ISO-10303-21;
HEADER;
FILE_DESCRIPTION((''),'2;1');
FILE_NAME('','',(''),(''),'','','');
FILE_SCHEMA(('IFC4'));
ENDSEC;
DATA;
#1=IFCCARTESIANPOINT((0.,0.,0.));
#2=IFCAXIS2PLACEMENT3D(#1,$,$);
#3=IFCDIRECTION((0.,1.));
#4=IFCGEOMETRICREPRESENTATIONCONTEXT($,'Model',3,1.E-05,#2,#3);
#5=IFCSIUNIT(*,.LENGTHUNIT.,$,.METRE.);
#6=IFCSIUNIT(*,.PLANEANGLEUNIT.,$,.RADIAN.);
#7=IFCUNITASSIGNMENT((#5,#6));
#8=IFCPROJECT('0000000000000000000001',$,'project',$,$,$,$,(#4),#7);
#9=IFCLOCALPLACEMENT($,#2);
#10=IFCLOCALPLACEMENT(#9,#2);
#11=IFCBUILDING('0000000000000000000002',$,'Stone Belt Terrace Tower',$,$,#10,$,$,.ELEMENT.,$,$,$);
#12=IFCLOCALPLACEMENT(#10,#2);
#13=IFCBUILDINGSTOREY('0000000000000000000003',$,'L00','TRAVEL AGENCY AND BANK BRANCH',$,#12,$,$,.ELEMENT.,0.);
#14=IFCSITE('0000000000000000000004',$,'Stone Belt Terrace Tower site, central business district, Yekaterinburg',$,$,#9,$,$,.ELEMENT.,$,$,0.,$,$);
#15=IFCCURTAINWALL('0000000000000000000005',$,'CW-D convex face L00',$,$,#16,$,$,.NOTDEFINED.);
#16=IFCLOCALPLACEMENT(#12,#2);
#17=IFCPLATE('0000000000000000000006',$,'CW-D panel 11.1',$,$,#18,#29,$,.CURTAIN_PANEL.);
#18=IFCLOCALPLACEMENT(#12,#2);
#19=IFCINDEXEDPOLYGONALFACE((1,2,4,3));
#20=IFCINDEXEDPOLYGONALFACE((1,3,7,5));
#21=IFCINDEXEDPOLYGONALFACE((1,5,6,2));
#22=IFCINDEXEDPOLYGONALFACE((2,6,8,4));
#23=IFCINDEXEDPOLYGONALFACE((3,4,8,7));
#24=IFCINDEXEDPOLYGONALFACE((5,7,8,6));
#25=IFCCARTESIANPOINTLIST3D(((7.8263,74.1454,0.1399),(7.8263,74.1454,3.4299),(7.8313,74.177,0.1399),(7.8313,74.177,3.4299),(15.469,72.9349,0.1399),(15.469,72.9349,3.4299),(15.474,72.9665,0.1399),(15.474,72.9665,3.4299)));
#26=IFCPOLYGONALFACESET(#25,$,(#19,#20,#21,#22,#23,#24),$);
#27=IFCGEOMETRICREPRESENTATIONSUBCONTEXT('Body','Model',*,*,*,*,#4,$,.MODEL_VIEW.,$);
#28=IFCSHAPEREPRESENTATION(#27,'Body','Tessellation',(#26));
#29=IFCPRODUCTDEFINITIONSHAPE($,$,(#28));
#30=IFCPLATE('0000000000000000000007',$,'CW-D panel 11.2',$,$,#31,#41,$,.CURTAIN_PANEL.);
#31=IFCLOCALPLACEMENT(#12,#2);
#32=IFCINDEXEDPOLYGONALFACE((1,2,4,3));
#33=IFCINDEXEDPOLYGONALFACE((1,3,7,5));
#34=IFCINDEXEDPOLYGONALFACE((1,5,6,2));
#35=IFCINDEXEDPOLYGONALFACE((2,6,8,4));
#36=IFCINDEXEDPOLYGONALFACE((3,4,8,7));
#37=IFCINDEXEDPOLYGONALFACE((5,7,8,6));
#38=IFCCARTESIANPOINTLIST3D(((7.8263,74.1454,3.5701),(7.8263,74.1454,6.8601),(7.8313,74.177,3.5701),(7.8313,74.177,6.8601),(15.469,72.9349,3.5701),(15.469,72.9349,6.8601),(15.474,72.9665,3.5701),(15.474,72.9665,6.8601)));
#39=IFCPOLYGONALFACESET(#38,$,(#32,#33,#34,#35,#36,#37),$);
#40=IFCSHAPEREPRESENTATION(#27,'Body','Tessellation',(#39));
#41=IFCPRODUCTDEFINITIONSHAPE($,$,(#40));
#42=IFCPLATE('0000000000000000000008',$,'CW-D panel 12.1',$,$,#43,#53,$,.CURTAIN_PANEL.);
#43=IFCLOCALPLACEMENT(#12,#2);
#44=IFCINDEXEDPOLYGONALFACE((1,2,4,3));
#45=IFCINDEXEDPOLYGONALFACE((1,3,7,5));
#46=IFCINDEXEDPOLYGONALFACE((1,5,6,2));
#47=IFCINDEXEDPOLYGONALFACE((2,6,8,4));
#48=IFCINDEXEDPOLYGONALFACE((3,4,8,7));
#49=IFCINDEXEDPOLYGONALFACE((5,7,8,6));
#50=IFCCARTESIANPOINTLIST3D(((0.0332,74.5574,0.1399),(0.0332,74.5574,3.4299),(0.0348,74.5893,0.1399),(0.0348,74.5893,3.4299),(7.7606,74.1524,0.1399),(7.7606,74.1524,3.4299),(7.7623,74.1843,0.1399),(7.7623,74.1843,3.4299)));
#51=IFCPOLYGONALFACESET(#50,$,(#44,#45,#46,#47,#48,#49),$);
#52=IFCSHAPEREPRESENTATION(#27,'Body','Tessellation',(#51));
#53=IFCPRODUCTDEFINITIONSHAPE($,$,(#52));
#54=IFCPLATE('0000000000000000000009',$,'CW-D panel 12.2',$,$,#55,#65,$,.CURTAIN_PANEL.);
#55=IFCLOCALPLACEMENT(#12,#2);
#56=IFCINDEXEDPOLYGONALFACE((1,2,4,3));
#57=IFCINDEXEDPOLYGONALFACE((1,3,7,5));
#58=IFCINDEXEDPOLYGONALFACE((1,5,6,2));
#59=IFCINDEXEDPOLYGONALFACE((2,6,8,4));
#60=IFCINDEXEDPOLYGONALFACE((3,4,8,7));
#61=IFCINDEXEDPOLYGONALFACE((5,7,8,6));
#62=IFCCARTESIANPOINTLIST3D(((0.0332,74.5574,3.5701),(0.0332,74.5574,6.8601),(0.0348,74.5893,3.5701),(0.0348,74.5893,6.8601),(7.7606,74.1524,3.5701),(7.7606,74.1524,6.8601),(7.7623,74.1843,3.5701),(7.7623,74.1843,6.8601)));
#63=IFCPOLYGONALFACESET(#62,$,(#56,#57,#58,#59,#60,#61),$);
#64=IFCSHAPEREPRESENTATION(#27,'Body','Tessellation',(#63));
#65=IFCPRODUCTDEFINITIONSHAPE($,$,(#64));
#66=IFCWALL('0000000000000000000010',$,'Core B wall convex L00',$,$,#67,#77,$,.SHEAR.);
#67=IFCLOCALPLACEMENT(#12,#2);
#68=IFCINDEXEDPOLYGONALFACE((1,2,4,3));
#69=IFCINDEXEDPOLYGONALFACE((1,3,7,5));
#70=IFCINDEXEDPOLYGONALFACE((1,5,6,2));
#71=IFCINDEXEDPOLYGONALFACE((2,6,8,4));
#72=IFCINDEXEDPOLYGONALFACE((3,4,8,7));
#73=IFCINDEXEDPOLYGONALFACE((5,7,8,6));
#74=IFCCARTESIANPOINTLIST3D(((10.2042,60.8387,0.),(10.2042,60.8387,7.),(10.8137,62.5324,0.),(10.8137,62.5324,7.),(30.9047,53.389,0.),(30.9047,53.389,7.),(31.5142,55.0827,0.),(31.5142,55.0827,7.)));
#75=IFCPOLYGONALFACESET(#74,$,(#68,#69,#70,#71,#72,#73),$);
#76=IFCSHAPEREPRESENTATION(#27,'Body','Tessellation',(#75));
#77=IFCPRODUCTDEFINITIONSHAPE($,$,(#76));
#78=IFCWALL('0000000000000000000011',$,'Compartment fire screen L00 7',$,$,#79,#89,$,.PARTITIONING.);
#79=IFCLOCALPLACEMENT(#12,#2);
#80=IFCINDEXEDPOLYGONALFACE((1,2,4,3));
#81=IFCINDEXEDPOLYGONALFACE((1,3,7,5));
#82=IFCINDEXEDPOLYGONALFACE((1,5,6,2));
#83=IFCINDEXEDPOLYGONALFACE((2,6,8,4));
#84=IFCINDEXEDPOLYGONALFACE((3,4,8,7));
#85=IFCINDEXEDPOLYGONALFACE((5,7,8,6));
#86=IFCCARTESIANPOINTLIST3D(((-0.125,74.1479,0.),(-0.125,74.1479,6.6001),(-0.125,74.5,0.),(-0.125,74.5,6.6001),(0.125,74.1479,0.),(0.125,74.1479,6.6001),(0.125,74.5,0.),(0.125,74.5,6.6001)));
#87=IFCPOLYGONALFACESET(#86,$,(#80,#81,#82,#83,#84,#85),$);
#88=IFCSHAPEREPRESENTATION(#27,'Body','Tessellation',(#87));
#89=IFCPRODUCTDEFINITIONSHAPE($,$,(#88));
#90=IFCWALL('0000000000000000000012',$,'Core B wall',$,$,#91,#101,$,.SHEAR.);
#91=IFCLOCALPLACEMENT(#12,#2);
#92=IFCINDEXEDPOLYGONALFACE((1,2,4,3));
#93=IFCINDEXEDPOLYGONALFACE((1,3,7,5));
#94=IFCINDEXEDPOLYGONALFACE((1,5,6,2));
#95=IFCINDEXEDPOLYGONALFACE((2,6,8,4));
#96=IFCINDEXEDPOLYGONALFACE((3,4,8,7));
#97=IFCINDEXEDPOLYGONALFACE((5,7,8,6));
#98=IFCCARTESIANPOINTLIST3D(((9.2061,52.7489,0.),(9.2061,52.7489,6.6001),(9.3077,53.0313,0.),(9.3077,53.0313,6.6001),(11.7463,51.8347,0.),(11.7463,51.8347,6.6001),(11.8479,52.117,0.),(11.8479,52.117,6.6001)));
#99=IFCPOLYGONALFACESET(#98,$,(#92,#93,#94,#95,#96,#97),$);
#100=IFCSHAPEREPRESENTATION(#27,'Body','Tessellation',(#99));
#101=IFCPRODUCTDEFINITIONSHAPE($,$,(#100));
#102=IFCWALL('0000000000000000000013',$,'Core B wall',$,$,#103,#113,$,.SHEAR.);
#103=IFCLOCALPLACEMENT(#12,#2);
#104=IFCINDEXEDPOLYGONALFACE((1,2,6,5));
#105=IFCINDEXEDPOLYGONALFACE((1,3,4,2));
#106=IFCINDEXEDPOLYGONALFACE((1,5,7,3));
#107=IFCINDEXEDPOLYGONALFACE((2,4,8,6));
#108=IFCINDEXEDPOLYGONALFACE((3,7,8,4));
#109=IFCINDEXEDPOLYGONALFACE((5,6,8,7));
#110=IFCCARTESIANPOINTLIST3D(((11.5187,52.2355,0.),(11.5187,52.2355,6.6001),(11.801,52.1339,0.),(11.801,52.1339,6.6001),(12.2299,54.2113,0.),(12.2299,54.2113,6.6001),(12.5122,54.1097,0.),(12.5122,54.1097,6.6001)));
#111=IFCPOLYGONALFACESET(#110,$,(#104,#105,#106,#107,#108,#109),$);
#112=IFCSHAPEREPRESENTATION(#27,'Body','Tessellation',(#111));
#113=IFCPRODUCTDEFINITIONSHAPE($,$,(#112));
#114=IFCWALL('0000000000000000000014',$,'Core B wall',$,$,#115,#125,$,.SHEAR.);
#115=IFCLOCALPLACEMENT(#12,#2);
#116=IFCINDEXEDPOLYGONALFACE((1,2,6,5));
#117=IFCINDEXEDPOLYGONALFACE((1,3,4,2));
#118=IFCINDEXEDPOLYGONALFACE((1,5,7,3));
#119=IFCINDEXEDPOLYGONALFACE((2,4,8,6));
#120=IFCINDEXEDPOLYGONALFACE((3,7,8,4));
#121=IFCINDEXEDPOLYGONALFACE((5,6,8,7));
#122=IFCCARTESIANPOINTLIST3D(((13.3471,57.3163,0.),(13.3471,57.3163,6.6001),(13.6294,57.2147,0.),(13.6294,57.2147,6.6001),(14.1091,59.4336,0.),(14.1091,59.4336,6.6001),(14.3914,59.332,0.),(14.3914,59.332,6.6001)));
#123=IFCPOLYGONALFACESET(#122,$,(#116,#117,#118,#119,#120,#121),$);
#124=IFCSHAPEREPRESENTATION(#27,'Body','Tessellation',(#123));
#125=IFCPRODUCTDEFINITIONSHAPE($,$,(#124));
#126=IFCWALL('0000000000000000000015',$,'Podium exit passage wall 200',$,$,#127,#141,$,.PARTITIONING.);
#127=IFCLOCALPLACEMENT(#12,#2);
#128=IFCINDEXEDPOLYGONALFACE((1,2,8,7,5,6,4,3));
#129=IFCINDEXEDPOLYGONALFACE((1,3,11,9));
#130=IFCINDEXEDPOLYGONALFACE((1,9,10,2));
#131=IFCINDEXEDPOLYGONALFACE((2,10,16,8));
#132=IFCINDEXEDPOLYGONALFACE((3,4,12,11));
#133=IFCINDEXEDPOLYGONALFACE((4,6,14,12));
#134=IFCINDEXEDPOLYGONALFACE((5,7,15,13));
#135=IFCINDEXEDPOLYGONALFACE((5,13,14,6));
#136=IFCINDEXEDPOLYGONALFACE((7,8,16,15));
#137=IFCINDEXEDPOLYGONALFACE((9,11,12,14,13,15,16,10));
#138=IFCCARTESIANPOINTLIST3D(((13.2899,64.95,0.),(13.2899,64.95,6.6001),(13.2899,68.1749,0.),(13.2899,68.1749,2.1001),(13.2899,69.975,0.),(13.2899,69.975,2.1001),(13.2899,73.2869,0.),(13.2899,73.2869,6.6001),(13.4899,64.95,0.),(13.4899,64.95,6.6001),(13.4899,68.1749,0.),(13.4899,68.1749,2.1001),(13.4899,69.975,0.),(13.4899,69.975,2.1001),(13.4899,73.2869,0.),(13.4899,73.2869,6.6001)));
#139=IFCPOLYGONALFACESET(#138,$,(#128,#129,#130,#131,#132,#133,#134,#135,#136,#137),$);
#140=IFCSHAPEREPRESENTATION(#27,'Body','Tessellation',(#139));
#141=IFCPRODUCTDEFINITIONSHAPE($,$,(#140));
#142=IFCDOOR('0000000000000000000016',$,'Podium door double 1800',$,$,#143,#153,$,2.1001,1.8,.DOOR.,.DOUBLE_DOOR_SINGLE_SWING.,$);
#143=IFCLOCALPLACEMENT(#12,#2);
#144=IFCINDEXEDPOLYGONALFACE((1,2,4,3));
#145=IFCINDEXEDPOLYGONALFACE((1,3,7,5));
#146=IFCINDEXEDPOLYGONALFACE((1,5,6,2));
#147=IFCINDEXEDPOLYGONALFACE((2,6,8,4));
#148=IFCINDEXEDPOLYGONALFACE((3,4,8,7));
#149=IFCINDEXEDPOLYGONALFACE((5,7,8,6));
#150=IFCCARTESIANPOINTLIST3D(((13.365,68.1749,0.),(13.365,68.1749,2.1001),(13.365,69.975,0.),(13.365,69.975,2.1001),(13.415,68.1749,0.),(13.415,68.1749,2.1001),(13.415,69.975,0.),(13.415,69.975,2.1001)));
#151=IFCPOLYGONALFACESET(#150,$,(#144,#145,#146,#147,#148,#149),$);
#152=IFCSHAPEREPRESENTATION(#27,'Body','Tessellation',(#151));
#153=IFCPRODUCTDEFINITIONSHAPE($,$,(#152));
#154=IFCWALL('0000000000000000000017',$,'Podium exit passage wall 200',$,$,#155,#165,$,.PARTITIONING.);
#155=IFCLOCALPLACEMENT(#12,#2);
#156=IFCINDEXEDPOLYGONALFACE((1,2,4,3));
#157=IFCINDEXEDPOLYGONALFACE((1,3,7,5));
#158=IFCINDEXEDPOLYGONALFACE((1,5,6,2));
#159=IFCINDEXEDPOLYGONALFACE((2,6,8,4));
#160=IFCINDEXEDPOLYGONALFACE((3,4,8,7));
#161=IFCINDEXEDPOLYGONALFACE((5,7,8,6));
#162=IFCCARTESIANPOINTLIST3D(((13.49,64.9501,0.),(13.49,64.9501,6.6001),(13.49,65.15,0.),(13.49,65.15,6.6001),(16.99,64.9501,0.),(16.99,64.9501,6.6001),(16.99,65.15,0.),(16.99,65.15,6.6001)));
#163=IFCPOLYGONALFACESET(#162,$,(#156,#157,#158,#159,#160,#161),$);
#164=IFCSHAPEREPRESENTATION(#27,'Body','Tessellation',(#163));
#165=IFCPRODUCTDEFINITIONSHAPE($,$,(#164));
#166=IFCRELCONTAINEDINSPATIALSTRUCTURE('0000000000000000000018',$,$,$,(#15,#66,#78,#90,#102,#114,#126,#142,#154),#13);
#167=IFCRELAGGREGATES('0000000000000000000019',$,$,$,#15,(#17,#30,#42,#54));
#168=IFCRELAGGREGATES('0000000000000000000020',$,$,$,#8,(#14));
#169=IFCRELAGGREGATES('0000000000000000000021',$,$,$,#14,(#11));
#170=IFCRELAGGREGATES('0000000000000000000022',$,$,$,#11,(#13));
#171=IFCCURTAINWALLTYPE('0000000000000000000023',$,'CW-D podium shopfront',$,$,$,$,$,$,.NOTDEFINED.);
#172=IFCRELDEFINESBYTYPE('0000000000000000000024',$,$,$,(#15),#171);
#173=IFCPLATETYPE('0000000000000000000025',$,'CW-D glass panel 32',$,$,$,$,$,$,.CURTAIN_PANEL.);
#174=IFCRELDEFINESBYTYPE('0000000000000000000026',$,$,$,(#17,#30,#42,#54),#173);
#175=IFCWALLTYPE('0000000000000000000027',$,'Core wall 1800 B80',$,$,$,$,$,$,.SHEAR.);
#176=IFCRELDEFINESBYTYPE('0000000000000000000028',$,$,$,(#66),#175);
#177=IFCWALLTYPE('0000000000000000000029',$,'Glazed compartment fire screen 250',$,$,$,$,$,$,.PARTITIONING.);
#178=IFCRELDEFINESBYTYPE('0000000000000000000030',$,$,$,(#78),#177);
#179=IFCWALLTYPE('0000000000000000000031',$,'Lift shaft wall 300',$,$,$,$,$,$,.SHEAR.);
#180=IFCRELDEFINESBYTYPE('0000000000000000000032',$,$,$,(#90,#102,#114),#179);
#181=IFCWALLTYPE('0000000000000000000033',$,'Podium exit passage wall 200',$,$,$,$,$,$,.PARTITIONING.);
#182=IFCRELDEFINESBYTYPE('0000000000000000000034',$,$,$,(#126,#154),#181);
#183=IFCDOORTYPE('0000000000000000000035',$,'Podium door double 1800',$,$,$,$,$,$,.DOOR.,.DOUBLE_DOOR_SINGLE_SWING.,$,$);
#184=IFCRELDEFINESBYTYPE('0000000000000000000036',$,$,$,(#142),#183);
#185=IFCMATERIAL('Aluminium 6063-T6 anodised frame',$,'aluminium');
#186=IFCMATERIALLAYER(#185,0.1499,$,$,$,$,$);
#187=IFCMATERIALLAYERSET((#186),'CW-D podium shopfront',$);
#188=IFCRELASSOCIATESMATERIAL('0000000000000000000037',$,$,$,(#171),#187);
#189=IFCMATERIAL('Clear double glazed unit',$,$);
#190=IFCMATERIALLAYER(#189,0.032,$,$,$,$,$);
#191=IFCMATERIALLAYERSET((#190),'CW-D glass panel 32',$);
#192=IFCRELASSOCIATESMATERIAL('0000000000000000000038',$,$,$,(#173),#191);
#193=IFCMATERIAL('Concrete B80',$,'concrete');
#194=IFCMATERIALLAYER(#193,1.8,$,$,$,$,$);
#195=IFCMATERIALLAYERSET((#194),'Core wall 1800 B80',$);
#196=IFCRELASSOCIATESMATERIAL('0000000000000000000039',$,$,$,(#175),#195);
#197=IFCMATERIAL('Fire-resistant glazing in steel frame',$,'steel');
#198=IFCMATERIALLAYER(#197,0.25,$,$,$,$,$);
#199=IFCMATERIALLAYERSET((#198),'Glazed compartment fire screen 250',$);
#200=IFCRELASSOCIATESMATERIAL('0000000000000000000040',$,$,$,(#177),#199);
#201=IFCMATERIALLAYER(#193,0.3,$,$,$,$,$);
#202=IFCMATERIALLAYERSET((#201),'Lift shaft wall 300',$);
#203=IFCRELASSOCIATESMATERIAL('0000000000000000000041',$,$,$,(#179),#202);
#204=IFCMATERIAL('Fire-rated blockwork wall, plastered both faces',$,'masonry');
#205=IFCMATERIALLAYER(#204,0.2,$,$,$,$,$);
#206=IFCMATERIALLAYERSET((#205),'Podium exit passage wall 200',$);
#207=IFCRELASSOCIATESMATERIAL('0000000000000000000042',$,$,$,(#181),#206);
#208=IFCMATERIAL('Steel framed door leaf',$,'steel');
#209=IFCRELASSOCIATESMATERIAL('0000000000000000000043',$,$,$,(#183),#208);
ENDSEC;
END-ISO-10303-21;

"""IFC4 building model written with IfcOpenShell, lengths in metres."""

from ifc_helpers import new_model, si_unit, direction, frame, frame_2d, origin, origin_2d, place, context, subcontext, project, spatial, rectangle, extrude, material, layer, layer_set, type_object, element, fill, aggregate, save


model = new_model("IFC4")

# Units and contexts
model_context = context("Model", 3, precision=1e-05, world=origin(), true_north=direction((0.0, 1.0)))
body_context = subcontext(model_context, "Body", "Model", "MODEL_VIEW")
ifc_project = project(units=[si_unit("LENGTHUNIT", "METRE"), si_unit("PLANEANGLEUNIT", "RADIAN")], contexts=[model_context])

# Site, building, storey
site_placement = place(None, origin())
site = spatial("IfcSite", under=ifc_project, at=site_placement, Name="Stone Belt Terrace Tower site, central business district, Yekaterinburg", CompositionType="ELEMENT", RefElevation=0.0)
building_placement = place(site_placement, origin())
building = spatial("IfcBuilding", under=site, at=building_placement, Name="Stone Belt Terrace Tower", CompositionType="ELEMENT")
storey_placement = place(building_placement, origin())
storey = spatial("IfcBuildingStorey", under=building, at=storey_placement, Name="L00", Description="TRAVEL AGENCY AND BANK BRANCH", CompositionType="ELEMENT", Elevation=0.0)

# Shared definitions
ifc_material_1 = material(Name="Concrete B80", Category="concrete")

# Curtain wall, plates
ifc_material_2 = material(Name="Aluminium 6063-T6 anodised frame", Category="aluminium")
ifc_layer_1 = layer(ifc_material_2, 0.1499)
ifc_layer_set_1 = layer_set([ifc_layer_1], Name="CW-D podium shopfront")
curtain_wall_type = type_object("IfcCurtainWallType", Name="CW-D podium shopfront", PredefinedType="NOTDEFINED", material=ifc_layer_set_1)
curtain_wall_placement = place(storey_placement, origin())
curtain_wall = element("IfcCurtainWall", 1, at=curtain_wall_placement, inside=storey, type_object=curtain_wall_type, Name="CW-D convex face L00", PredefinedType="NOTDEFINED")
ifc_material_3 = material(Name="Clear double glazed unit")
ifc_layer_2 = layer(ifc_material_3, 0.032)
ifc_layer_set_2 = layer_set([ifc_layer_2], Name="CW-D glass panel 32")
plate_type = type_object("IfcPlateType", Name="CW-D glass panel 32", PredefinedType="CURTAIN_PANEL", material=ifc_layer_set_2)
plate_1_placement = place(storey_placement, frame((11.6501, 73.5559, 0.1399), z_axis=(0.0, 0.0, 1.0), x_axis=(-0.987688, 0.156434, 0.0)))
plate_1 = element("IfcPlate", 2, at=plate_1_placement, type_object=plate_type, Name="CW-D panel 11.1", PredefinedType="CURTAIN_PANEL", context=body_context, shape_type="SweptSolid", body=[
    extrude(rectangle(XDim=7.738, YDim=0.032, at=origin_2d()), origin(), (0.0, 0.0, 1.0), 3.29),
])
plate_2_placement = place(storey_placement, frame((11.6501, 73.5559, 3.5701), z_axis=(0.0, 0.0, 1.0), x_axis=(-0.987688, 0.156434, 0.0)))
plate_2 = element("IfcPlate", 3, at=plate_2_placement, type_object=plate_type, Name="CW-D panel 11.2", PredefinedType="CURTAIN_PANEL", context=body_context, shape_type="SweptSolid", body=[
    extrude(rectangle(XDim=7.738, YDim=0.032, at=origin_2d()), origin(), (0.0, 0.0, 1.0), 3.29),
])
plate_3_placement = place(storey_placement, frame((3.8977, 74.3708, 0.1399), z_axis=(0.0, 0.0, 1.0), x_axis=(-0.99863, 0.052336, 0.0)))
plate_3 = element("IfcPlate", 4, at=plate_3_placement, type_object=plate_type, Name="CW-D panel 12.1", PredefinedType="CURTAIN_PANEL", context=body_context, shape_type="SweptSolid", body=[
    extrude(rectangle(XDim=7.738, YDim=0.032, at=origin_2d()), origin(), (0.0, 0.0, 1.0), 3.29),
])
plate_4_placement = place(storey_placement, frame((3.8977, 74.3708, 3.5701), z_axis=(0.0, 0.0, 1.0), x_axis=(-0.99863, 0.052336, 0.0)))
plate_4 = element("IfcPlate", 5, at=plate_4_placement, type_object=plate_type, Name="CW-D panel 12.2", PredefinedType="CURTAIN_PANEL", context=body_context, shape_type="SweptSolid", body=[
    extrude(rectangle(XDim=7.738, YDim=0.032, at=origin_2d()), origin(), (0.0, 0.0, 1.0), 3.29),
])
aggregate(curtain_wall, [plate_1, plate_2, plate_3, plate_4])

# Walls
ifc_layer_3 = layer(ifc_material_1, 1.8)
ifc_layer_set_3 = layer_set([ifc_layer_3], Name="Core wall 1800 B80")
wall_type_1 = type_object("IfcWallType", Name="Core wall 1800 B80", PredefinedType="SHEAR", material=ifc_layer_set_3)
wall_1_placement = place(storey_placement, frame((10.509, 61.6855, 0.0), z_axis=(0.0, 0.0, 1.0), x_axis=(0.940923, -0.338621, 0.0)))
element("IfcWall", 6, at=wall_1_placement, inside=storey, type_object=wall_type_1, Name="Core B wall convex L00", PredefinedType="SHEAR", context=body_context, shape_type="SweptSolid", body=[
    extrude(rectangle(XDim=22.0002, YDim=1.8, at=frame_2d((11.0, 0.0))), origin(), (0.0, 0.0, 1.0), 7.0),
])
ifc_material_4 = material(Name="Fire-resistant glazing in steel frame", Category="steel")
ifc_layer_4 = layer(ifc_material_4, 0.25)
ifc_layer_set_4 = layer_set([ifc_layer_4], Name="Glazed compartment fire screen 250")
wall_type_2 = type_object("IfcWallType", Name="Glazed compartment fire screen 250", PredefinedType="PARTITIONING", material=ifc_layer_set_4)
wall_2_placement = place(storey_placement, frame((0.0, 74.1479, 0.0), z_axis=(0.0, 0.0, 1.0), x_axis=(0.0, 1.0, 0.0)))
element("IfcWall", 7, at=wall_2_placement, inside=storey, type_object=wall_type_2, Name="Compartment fire screen L00 7", PredefinedType="PARTITIONING", context=body_context, shape_type="SweptSolid", body=[
    extrude(rectangle(XDim=0.3521, YDim=0.25, at=frame_2d((0.176, 0.0))), origin(), (0.0, 0.0, 1.0), 6.6001),
])
ifc_layer_5 = layer(ifc_material_1, 0.3)
ifc_layer_set_5 = layer_set([ifc_layer_5], Name="Lift shaft wall 300")
wall_type_3 = type_object("IfcWallType", Name="Lift shaft wall 300", PredefinedType="SHEAR", material=ifc_layer_set_5)
wall_3_placement = place(storey_placement, frame((11.7971, 51.9758, 0.0), z_axis=(0.0, 0.0, 1.0), x_axis=(-0.94091, 0.338655, 0.0)))
element("IfcWall", 8, at=wall_3_placement, inside=storey, type_object=wall_type_3, Name="Core B wall", PredefinedType="SHEAR", context=body_context, shape_type="SweptSolid", body=[
    extrude(rectangle(XDim=2.6997, YDim=0.3, at=frame_2d((1.3499, 0.0))), origin(), (0.0, 0.0, 1.0), 6.6001),
])
wall_4_placement = place(storey_placement, frame((11.6599, 52.1848, 0.0), z_axis=(0.0, 0.0, 1.0), x_axis=(0.33867, 0.940905, 0.0)))
element("IfcWall", 9, at=wall_4_placement, inside=storey, type_object=wall_type_3, Name="Core B wall", PredefinedType="SHEAR", context=body_context, shape_type="SweptSolid", body=[
    extrude(rectangle(XDim=2.0999, YDim=0.3, at=frame_2d((1.0498, 0.0))), origin(), (0.0, 0.0, 1.0), 6.6001),
])
wall_5_placement = place(storey_placement, frame((13.4883, 57.2656, 0.0), z_axis=(0.0, 0.0, 1.0), x_axis=(0.338631, 0.940919, 0.0)))
element("IfcWall", 10, at=wall_5_placement, inside=storey, type_object=wall_type_3, Name="Core B wall", PredefinedType="SHEAR", context=body_context, shape_type="SweptSolid", body=[
    extrude(rectangle(XDim=2.2502, YDim=0.3, at=frame_2d((1.125, 0.0))), origin(), (0.0, 0.0, 1.0), 6.6001),
])

# Wall, opening, door
ifc_material_5 = material(Name="Fire-rated blockwork wall, plastered both faces", Category="masonry")
ifc_layer_6 = layer(ifc_material_5, 0.2)
ifc_layer_set_6 = layer_set([ifc_layer_6], Name="Podium exit passage wall 200")
wall_type_4 = type_object("IfcWallType", Name="Podium exit passage wall 200", PredefinedType="PARTITIONING", material=ifc_layer_set_6)
wall_6_placement = place(storey_placement, frame((13.3899, 64.95, 0.0), z_axis=(0.0, 0.0, 1.0), x_axis=(0.0, 1.0, 0.0)))
wall_6 = element("IfcWall", 11, at=wall_6_placement, inside=storey, type_object=wall_type_4, Name="Podium exit passage wall 200", PredefinedType="PARTITIONING", context=body_context, shape_type="SweptSolid", body=[
    extrude(rectangle(XDim=8.3369, YDim=0.2, at=frame_2d((4.1685, 0.0))), origin(), (0.0, 0.0, 1.0), 6.6001),
])
opening_1_placement = place(wall_6_placement, frame((3.2251, 0.0, 0.0)))
opening_1 = element("IfcOpeningElement", 12, at=opening_1_placement, cuts=wall_6, PredefinedType="OPENING", context=body_context, shape_type="SweptSolid", body=[
    extrude(rectangle(XDim=1.8, YDim=2.1001, at=frame_2d((0.8999, 1.05))), frame((0.0, 0.1099, 0.0), z_axis=(0.0, -1.0, 0.0), x_axis=(1.0, 0.0, 0.0)), (0.0, 0.0, 1.0), 0.22),
])
ifc_material_6 = material(Name="Steel framed door leaf", Category="steel")
door_type_1 = type_object("IfcDoorType", Name="Podium door double 1800", OperationType="DOUBLE_DOOR_SINGLE_SWING", PredefinedType="DOOR", material=ifc_material_6)
door_1_placement = place(opening_1_placement, origin())
door_1 = element("IfcDoor", 13, at=door_1_placement, inside=storey, type_object=door_type_1, Name="Podium door double 1800", OperationType="DOUBLE_DOOR_SINGLE_SWING", OverallHeight=2.1001, OverallWidth=1.8, PredefinedType="DOOR", context=body_context, shape_type="SweptSolid", body=[
    extrude(rectangle(XDim=1.8, YDim=2.1001, at=frame_2d((0.8999, 1.05))), frame((0.0, 0.0249, 0.0), z_axis=(0.0, -1.0, 0.0), x_axis=(1.0, 0.0, 0.0)), (0.0, 0.0, 1.0), 0.05),
])
fill(opening_1, door_1)

# Wall
wall_7_placement = place(storey_placement, frame((13.49, 65.05, 0.0), z_axis=(0.0, 0.0, 1.0), x_axis=(1.0, 0.0, 0.0)))
element("IfcWall", 14, at=wall_7_placement, inside=storey, type_object=wall_type_4, Name="Podium exit passage wall 200", PredefinedType="PARTITIONING", context=body_context, shape_type="SweptSolid", body=[
    extrude(rectangle(XDim=3.5, YDim=0.2, at=frame_2d((1.75, 0.0))), origin(), (0.0, 0.0, 1.0), 6.6001),
])

save(model, "model.ifc")
